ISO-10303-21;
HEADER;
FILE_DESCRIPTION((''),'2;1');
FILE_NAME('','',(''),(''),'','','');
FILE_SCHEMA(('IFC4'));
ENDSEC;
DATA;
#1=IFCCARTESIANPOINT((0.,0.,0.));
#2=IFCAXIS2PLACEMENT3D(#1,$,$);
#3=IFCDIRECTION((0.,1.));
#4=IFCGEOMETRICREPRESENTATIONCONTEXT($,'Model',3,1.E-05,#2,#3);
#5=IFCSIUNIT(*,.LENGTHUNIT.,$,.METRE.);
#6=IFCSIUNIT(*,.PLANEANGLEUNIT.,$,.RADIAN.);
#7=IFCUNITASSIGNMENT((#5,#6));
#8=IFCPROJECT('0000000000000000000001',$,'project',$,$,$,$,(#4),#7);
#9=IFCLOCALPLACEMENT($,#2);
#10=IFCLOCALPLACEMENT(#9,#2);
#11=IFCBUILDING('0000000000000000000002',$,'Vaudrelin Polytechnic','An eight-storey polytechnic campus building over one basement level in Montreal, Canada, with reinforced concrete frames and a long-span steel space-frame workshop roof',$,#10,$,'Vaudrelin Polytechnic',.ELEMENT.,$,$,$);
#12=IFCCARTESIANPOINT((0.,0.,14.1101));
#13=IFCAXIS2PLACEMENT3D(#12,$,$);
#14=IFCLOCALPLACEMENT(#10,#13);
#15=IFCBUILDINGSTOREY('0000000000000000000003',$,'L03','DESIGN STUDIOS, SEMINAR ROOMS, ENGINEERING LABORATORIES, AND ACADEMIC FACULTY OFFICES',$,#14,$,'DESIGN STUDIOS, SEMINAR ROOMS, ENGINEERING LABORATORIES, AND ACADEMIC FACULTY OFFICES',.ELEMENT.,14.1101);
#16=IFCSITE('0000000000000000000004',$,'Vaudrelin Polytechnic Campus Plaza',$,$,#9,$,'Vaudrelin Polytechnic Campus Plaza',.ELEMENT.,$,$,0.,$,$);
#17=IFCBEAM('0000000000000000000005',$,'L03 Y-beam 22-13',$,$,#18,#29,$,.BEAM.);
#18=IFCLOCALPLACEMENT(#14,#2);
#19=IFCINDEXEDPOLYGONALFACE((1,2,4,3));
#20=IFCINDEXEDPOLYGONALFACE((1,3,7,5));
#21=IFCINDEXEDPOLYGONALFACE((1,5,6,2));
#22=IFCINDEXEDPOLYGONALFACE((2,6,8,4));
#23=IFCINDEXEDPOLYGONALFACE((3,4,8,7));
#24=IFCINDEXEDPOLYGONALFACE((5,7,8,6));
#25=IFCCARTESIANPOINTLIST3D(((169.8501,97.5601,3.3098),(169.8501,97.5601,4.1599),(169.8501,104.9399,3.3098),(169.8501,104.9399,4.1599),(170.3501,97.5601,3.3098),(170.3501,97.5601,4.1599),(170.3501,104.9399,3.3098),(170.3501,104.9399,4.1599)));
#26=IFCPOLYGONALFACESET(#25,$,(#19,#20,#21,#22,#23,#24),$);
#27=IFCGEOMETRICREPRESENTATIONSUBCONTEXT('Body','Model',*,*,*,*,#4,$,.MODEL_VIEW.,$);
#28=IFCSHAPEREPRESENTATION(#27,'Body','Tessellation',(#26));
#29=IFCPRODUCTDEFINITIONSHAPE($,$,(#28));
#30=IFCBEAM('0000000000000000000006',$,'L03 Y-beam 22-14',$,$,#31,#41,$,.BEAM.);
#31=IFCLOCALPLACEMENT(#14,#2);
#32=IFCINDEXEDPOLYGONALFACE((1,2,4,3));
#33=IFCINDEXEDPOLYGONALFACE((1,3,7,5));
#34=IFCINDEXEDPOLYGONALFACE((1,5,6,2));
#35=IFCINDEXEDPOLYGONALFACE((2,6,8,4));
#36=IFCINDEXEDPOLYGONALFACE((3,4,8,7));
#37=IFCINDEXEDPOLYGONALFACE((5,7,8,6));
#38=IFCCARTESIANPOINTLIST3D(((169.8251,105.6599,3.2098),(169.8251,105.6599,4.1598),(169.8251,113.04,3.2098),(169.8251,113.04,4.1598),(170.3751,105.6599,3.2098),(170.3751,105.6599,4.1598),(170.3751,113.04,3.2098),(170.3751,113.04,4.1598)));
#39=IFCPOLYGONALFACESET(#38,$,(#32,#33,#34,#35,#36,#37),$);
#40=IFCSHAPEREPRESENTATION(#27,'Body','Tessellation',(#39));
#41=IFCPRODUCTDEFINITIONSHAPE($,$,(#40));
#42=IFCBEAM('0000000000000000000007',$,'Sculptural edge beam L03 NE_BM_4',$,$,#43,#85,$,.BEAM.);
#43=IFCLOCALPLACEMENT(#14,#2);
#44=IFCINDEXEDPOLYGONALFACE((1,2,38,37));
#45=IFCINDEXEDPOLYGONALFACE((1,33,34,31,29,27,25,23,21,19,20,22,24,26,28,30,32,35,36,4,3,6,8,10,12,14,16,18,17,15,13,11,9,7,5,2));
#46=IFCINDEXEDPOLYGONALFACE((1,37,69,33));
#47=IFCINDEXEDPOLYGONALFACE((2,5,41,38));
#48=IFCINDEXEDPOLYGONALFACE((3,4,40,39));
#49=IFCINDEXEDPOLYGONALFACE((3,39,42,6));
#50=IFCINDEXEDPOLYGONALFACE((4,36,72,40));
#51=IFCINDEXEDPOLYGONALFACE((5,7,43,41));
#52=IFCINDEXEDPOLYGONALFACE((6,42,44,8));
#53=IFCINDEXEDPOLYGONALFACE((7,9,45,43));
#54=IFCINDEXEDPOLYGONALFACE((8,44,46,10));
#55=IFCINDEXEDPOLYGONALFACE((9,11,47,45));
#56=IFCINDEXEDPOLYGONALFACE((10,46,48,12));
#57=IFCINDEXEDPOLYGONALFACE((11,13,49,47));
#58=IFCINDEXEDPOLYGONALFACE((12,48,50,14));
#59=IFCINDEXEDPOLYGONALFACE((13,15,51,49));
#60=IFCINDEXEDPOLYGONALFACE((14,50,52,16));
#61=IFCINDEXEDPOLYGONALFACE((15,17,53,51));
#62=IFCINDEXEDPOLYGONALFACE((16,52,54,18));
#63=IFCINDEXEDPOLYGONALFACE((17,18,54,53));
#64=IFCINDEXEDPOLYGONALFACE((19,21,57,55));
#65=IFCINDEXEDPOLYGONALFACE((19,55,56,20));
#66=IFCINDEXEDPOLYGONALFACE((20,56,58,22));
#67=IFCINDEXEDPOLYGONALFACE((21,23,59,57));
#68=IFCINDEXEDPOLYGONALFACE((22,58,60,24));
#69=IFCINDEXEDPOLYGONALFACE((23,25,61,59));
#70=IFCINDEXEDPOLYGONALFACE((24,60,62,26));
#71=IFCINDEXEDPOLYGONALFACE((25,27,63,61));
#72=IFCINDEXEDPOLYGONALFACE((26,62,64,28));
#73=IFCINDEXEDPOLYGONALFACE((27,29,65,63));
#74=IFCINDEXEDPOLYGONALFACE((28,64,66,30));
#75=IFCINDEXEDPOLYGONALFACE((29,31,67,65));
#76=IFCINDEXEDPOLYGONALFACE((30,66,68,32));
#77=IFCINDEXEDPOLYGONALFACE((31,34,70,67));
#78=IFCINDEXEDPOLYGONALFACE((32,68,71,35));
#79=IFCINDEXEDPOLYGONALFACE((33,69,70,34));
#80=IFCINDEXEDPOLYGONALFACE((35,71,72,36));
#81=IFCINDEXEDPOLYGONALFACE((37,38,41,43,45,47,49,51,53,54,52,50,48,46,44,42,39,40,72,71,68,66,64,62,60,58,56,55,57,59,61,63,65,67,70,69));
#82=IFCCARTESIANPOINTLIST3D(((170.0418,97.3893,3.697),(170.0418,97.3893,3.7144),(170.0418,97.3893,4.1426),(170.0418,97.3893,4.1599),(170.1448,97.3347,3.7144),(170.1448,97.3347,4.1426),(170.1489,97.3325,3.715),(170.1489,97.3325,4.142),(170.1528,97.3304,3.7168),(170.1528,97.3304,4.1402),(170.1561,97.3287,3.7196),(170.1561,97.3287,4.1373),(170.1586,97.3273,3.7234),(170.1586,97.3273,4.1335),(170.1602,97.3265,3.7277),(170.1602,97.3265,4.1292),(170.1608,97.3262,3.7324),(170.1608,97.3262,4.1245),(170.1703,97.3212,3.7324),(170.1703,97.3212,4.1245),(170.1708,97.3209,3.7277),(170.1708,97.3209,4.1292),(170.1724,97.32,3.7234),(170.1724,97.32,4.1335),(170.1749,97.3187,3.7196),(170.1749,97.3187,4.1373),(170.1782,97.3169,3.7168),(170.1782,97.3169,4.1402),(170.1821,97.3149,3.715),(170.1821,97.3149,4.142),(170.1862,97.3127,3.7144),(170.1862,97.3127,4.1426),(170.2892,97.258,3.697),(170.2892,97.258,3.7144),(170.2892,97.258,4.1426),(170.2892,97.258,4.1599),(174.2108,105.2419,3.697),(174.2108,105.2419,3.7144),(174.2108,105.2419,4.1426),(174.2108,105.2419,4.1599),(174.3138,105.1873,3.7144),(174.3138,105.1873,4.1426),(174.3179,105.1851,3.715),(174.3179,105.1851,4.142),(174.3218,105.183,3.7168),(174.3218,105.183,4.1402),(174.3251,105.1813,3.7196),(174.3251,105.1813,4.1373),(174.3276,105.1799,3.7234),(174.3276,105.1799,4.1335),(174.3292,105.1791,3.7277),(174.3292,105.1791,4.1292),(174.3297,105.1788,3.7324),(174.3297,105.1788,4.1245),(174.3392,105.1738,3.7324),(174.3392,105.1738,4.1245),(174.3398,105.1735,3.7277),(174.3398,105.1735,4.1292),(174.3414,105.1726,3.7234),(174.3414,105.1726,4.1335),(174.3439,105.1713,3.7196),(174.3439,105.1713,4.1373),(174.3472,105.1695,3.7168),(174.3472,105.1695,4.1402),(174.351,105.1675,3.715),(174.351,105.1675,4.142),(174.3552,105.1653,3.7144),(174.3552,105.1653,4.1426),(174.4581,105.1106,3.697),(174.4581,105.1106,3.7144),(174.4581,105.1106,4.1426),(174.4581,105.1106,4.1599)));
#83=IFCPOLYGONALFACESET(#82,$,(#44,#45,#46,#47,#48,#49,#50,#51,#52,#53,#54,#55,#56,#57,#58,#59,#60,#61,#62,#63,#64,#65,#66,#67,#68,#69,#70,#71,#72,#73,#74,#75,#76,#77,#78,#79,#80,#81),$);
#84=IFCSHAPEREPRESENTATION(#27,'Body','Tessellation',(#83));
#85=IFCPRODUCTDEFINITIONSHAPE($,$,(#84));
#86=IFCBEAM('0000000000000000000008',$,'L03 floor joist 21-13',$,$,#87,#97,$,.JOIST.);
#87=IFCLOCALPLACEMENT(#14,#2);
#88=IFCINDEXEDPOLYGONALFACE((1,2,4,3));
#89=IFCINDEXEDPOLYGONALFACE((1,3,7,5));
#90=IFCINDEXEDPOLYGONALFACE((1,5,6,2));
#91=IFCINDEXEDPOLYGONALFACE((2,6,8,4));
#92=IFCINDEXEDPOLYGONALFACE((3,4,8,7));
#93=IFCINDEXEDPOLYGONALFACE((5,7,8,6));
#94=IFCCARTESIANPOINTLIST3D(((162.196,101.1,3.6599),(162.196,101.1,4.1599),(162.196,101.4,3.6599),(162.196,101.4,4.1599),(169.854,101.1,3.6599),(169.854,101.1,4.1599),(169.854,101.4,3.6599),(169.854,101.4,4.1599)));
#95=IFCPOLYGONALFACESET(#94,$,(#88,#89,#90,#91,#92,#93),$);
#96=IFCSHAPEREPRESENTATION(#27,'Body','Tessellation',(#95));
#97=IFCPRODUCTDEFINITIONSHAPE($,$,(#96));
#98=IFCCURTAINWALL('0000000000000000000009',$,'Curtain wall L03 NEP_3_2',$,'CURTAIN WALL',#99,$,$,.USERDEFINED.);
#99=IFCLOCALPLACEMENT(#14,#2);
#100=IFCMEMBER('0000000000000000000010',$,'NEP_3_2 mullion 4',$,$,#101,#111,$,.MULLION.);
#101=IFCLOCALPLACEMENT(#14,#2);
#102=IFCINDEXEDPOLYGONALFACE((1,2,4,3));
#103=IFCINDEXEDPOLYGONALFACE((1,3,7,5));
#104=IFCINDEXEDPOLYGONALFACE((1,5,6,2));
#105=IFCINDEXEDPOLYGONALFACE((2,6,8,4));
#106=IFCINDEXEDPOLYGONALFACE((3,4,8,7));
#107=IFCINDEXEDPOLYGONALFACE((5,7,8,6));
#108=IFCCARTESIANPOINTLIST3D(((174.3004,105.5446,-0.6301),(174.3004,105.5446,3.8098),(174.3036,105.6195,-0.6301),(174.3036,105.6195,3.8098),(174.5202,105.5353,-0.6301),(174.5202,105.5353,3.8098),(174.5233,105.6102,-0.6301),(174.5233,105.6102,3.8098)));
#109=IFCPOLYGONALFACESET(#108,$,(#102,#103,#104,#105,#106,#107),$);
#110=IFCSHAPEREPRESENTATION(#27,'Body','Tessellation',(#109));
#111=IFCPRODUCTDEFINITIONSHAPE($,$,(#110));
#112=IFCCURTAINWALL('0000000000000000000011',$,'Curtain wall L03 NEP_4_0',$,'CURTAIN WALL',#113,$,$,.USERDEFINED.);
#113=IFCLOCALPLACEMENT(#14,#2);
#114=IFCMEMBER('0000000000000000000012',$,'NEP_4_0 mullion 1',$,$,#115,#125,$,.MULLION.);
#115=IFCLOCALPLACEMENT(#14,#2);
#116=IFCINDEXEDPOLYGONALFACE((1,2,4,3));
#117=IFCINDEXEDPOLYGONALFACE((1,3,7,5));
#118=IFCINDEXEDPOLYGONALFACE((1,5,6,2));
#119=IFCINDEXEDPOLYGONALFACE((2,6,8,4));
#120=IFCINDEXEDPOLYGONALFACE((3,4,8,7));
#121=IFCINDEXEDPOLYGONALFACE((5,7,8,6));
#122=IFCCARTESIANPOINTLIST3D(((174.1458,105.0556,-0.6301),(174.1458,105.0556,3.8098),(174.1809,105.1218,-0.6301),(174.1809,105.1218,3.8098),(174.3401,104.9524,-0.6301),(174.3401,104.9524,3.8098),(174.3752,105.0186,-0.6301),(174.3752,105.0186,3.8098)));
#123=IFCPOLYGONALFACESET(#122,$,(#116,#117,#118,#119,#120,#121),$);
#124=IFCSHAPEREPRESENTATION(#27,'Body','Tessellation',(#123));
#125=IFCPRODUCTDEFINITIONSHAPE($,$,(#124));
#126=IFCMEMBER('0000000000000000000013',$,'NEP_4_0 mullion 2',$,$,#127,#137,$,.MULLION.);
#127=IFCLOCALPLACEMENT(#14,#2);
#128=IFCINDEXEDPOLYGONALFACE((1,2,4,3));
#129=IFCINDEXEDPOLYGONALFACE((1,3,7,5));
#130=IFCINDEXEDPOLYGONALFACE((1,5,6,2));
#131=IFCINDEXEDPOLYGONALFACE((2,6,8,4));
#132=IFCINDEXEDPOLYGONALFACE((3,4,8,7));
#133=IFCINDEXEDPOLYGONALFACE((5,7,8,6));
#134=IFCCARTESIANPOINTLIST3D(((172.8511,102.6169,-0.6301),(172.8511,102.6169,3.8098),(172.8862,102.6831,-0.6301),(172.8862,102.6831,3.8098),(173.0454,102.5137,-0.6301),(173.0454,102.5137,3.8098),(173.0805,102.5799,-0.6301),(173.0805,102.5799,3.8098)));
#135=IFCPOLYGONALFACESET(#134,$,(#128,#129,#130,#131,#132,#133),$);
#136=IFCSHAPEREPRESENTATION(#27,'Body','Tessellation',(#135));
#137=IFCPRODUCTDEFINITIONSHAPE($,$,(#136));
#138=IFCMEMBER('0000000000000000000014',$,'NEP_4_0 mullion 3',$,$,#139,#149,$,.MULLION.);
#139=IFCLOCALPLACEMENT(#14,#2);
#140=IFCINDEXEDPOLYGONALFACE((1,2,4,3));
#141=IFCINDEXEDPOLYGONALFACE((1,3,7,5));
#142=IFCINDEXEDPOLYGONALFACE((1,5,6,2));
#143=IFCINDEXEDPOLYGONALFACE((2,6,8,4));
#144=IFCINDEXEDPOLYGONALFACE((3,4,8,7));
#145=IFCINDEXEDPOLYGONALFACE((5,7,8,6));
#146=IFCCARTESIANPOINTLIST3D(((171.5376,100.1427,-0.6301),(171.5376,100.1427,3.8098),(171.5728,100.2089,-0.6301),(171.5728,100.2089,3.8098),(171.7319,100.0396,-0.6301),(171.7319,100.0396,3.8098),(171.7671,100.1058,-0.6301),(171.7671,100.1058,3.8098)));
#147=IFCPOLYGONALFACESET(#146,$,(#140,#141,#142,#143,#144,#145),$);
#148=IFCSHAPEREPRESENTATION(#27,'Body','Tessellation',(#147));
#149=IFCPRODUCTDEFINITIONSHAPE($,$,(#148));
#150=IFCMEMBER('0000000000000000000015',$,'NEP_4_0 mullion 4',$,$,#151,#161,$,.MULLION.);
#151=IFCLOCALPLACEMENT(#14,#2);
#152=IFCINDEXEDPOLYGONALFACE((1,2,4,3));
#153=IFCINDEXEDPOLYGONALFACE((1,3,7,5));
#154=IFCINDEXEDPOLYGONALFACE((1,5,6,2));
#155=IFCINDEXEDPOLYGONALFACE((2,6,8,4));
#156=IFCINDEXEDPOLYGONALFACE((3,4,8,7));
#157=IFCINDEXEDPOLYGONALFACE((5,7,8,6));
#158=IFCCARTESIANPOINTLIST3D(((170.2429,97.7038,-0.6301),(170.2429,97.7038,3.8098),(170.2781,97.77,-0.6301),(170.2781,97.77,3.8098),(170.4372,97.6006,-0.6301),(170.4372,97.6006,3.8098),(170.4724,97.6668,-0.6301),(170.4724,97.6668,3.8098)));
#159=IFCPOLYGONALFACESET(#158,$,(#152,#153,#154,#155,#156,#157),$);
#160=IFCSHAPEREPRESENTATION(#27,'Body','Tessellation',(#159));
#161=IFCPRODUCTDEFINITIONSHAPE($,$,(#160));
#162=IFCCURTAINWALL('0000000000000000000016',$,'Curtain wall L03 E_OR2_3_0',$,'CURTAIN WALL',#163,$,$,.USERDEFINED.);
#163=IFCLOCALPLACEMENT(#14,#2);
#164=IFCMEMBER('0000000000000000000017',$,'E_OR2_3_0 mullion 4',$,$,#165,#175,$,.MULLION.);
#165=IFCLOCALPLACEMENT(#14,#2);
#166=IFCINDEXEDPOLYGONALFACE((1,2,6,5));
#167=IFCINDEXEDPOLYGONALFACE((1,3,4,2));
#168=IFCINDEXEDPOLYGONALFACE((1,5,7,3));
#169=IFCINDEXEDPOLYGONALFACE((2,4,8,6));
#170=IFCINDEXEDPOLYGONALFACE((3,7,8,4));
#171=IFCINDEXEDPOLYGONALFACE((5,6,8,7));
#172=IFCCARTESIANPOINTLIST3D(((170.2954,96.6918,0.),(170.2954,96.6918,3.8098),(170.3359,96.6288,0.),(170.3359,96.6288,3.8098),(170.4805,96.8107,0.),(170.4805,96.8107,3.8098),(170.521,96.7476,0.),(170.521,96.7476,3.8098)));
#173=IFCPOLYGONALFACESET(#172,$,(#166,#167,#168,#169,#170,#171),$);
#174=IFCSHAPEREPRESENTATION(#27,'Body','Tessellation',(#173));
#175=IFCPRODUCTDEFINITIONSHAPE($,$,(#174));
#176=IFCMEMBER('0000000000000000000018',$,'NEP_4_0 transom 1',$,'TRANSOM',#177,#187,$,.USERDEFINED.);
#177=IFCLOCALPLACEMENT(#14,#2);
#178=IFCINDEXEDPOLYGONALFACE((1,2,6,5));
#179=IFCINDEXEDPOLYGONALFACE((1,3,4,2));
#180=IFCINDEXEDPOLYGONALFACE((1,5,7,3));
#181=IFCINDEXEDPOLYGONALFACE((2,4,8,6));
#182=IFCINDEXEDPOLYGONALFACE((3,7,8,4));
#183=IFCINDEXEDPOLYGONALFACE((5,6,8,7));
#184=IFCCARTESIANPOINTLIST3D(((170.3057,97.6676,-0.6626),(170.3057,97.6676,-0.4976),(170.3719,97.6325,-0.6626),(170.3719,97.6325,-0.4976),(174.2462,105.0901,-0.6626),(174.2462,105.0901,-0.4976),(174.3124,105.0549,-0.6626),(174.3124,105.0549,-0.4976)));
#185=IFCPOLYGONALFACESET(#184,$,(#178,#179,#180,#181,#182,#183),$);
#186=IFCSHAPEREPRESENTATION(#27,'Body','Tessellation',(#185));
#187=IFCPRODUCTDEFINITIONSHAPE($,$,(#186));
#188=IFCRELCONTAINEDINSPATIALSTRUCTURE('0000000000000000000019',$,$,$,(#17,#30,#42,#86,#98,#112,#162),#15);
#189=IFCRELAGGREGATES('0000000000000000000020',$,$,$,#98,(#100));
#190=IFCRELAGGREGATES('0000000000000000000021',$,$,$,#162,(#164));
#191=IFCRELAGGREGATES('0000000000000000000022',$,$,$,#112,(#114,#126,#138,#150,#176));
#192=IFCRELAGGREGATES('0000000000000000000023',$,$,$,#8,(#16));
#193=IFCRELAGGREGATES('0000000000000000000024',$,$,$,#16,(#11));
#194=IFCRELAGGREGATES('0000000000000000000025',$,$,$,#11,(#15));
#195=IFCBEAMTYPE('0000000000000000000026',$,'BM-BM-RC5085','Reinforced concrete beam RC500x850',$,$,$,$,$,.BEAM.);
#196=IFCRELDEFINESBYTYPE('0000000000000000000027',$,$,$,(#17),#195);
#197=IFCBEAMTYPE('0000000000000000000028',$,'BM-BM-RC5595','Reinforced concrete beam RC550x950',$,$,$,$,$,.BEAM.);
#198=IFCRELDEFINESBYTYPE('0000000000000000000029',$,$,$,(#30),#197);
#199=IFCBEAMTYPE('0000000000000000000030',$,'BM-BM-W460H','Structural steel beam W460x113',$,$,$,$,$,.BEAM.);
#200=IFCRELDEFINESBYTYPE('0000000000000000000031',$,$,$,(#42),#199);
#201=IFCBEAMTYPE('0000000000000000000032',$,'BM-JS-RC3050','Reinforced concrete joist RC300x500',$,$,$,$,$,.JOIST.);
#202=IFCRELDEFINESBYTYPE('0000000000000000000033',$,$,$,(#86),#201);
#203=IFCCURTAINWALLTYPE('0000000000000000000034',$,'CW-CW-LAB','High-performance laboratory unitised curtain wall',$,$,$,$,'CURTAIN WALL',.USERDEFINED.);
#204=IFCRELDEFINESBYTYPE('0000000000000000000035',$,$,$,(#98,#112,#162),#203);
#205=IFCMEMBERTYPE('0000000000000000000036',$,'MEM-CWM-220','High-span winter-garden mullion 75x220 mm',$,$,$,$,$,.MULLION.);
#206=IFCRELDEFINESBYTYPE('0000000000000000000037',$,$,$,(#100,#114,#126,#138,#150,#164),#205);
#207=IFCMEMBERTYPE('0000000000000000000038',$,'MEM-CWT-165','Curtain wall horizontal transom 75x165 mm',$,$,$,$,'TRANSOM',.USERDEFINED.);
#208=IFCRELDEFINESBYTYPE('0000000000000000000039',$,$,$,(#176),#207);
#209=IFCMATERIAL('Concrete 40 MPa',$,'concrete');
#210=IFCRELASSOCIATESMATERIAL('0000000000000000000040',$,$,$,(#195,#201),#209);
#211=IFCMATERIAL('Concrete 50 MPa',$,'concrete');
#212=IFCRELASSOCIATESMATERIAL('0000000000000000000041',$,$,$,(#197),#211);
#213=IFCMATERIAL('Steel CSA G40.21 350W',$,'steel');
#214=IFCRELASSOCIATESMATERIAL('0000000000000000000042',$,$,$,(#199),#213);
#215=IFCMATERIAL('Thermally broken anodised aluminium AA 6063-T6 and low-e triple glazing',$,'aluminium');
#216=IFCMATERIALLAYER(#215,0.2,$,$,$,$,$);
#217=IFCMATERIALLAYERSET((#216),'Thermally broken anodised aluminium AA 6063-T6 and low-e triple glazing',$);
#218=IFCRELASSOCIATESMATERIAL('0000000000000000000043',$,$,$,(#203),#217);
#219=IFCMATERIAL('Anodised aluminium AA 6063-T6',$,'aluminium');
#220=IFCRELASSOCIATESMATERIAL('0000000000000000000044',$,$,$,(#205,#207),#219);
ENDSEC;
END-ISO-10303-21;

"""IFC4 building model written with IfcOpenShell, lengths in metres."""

from ifc_helpers import new_model, si_unit, direction, frame, origin, origin_2d, place, context, subcontext, project, spatial, rectangle, i_section, extrude, material, layer, layer_set, material_profile, profile_set, type_object, element, aggregate, save


model = new_model("IFC4")

# Units and contexts
model_context = context("Model", 3, precision=1e-05, world=origin(), true_north=direction((0.0, 1.0)))
body_context = subcontext(model_context, "Body", "Model", "MODEL_VIEW")
ifc_project = project(units=[si_unit("LENGTHUNIT", "METRE"), si_unit("PLANEANGLEUNIT", "RADIAN")], contexts=[model_context])

# Site, building, storey
site_placement = place(None, origin())
site = spatial("IfcSite", under=ifc_project, at=site_placement, Name="Vaudrelin Polytechnic Campus Plaza", LongName="Vaudrelin Polytechnic Campus Plaza", CompositionType="ELEMENT", RefElevation=0.0)
building_placement = place(site_placement, origin())
building = spatial("IfcBuilding", under=site, at=building_placement, Name="Vaudrelin Polytechnic", Description="An eight-storey polytechnic campus building over one basement level in Montreal, Canada, with reinforced concrete frames and a long-span steel space-frame workshop roof", LongName="Vaudrelin Polytechnic", CompositionType="ELEMENT")
storey_placement = place(building_placement, frame((0.0, 0.0, 14.1101)))
storey = spatial("IfcBuildingStorey", under=building, at=storey_placement, Name="L03", Description="DESIGN STUDIOS, SEMINAR ROOMS, ENGINEERING LABORATORIES, AND ACADEMIC FACULTY OFFICES", LongName="DESIGN STUDIOS, SEMINAR ROOMS, ENGINEERING LABORATORIES, AND ACADEMIC FACULTY OFFICES", CompositionType="ELEMENT", Elevation=14.1101)

# Shared definitions
ifc_material_1 = material(Name="Concrete 50 MPa", Category="concrete")

# Beams
ifc_material_2 = material(Name="Concrete 40 MPa", Category="concrete")
ifc_material_profile_1 = material_profile(ifc_material_2, rectangle(XDim=0.5, YDim=0.8501, at=origin_2d()), Name="RC500x850")
ifc_profile_set_1 = profile_set([ifc_material_profile_1], Name="Concrete 40 MPa")
beam_type_1 = type_object("IfcBeamType", Name="BM-BM-RC5085", Description="Reinforced concrete beam RC500x850", PredefinedType="BEAM", material=ifc_profile_set_1)
beam_1_placement = place(storey_placement, frame((170.1001, 97.5601, 3.7349), z_axis=(0.0, 1.0, 0.0), x_axis=(-1.0, 0.0, 0.0)))
element("IfcBeam", 1, at=beam_1_placement, inside=storey, type_object=beam_type_1, Name="L03 Y-beam 22-13", PredefinedType="BEAM", context=body_context, shape_type="SweptSolid", body=[
    extrude(rectangle(XDim=0.5, YDim=0.8501, at=origin_2d()), origin(), (0.0, 0.0, 1.0), 7.3799),
])
ifc_material_profile_2 = material_profile(ifc_material_1, rectangle(XDim=0.55, YDim=0.95, at=origin_2d()), Name="RC550x950")
ifc_profile_set_2 = profile_set([ifc_material_profile_2], Name="Concrete 50 MPa")
beam_type_2 = type_object("IfcBeamType", Name="BM-BM-RC5595", Description="Reinforced concrete beam RC550x950", PredefinedType="BEAM", material=ifc_profile_set_2)
beam_2_placement = place(storey_placement, frame((170.1001, 105.6599, 3.6848), z_axis=(0.0, 1.0, 0.0), x_axis=(-1.0, 0.0, 0.0)))
element("IfcBeam", 2, at=beam_2_placement, inside=storey, type_object=beam_type_2, Name="L03 Y-beam 22-14", PredefinedType="BEAM", context=body_context, shape_type="SweptSolid", body=[
    extrude(rectangle(XDim=0.55, YDim=0.95, at=origin_2d()), origin(), (0.0, 0.0, 1.0), 7.3801),
])
ifc_material_3 = material(Name="Steel CSA G40.21 350W", Category="steel")
ifc_material_profile_3 = material_profile(ifc_material_3, i_section(OverallWidth=0.28, OverallDepth=0.4629, WebThickness=0.0107, FlangeThickness=0.0173, FilletRadius=0.0181, at=origin_2d()), Name="W460x113")
ifc_profile_set_3 = profile_set([ifc_material_profile_3], Name="Steel CSA G40.21 350W")
beam_type_3 = type_object("IfcBeamType", Name="BM-BM-W460H", Description="Structural steel beam W460x113", PredefinedType="BEAM", material=ifc_profile_set_3)
beam_3_placement = place(storey_placement, frame((174.3345, 105.1763, 3.9285), z_axis=(-0.468917, -0.883242, 0.0), x_axis=(0.883242, -0.468917, 0.0)))
element("IfcBeam", 3, at=beam_3_placement, inside=storey, type_object=beam_type_3, Name="Sculptural edge beam L03 NE_BM_4", PredefinedType="BEAM", context=body_context, shape_type="SweptSolid", body=[
    extrude(i_section(OverallWidth=0.28, OverallDepth=0.4629, WebThickness=0.0107, FlangeThickness=0.0173, FilletRadius=0.0181, at=origin_2d()), origin(), (0.0, 0.0, 1.0), 8.8906),
])
ifc_material_profile_4 = material_profile(ifc_material_2, rectangle(XDim=0.3, YDim=0.5, at=origin_2d()), Name="RC300x500")
ifc_profile_set_4 = profile_set([ifc_material_profile_4], Name="Concrete 40 MPa")
beam_type_4 = type_object("IfcBeamType", Name="BM-JS-RC3050", Description="Reinforced concrete joist RC300x500", PredefinedType="JOIST", material=ifc_profile_set_4)
beam_4_placement = place(storey_placement, frame((162.196, 101.25, 3.9099), z_axis=(1.0, 0.0, 0.0), x_axis=(0.0, 1.0, 0.0)))
element("IfcBeam", 4, at=beam_4_placement, inside=storey, type_object=beam_type_4, Name="L03 floor joist 21-13", PredefinedType="JOIST", context=body_context, shape_type="SweptSolid", body=[
    extrude(rectangle(XDim=0.3, YDim=0.5, at=origin_2d()), origin(), (0.0, 0.0, 1.0), 7.658),
])

# Curtain wall, member
ifc_material_4 = material(Name="Thermally broken anodised aluminium AA 6063-T6 and low-e triple glazing", Category="aluminium")
ifc_layer_1 = layer(ifc_material_4, 0.2)
ifc_layer_set_1 = layer_set([ifc_layer_1], Name="Thermally broken anodised aluminium AA 6063-T6 and low-e triple glazing")
curtain_wall_type = type_object("IfcCurtainWallType", Name="CW-CW-LAB", Description="High-performance laboratory unitised curtain wall", ElementType="CURTAIN WALL", PredefinedType="USERDEFINED", material=ifc_layer_set_1)
curtain_wall_1_placement = place(storey_placement, origin())
curtain_wall_1 = element("IfcCurtainWall", 5, at=curtain_wall_1_placement, inside=storey, type_object=curtain_wall_type, Name="Curtain wall L03 NEP_3_2", ObjectType="CURTAIN WALL", PredefinedType="USERDEFINED")
ifc_material_5 = material(Name="Anodised aluminium AA 6063-T6", Category="aluminium")
ifc_material_profile_5 = material_profile(ifc_material_5, rectangle(XDim=0.075, YDim=0.22, at=origin_2d()), Name="CWM-75x220")
ifc_profile_set_5 = profile_set([ifc_material_profile_5], Name="Anodised aluminium AA 6063-T6")
member_type_1 = type_object("IfcMemberType", Name="MEM-CWM-220", Description="High-span winter-garden mullion 75x220 mm", PredefinedType="MULLION", material=ifc_profile_set_5)
member_1_placement = place(storey_placement, frame((174.4119, 105.5774, -0.6301), z_axis=(0.0, 0.0, 1.0), x_axis=(-0.04242, -0.9991, 0.0)))
member_1 = element("IfcMember", 6, at=member_1_placement, type_object=member_type_1, Name="NEP_3_2 mullion 4", PredefinedType="MULLION", context=body_context, shape_type="SweptSolid", body=[
    extrude(rectangle(XDim=0.075, YDim=0.22, at=origin_2d()), origin(), (0.0, 0.0, 1.0), 4.4399),
])
aggregate(curtain_wall_1, [member_1])

# Curtain wall, members
curtain_wall_2_placement = place(storey_placement, origin())
curtain_wall_2 = element("IfcCurtainWall", 7, at=curtain_wall_2_placement, inside=storey, type_object=curtain_wall_type, Name="Curtain wall L03 NEP_4_0", ObjectType="CURTAIN WALL", PredefinedType="USERDEFINED")
member_2_placement = place(storey_placement, frame((174.2605, 105.0371, -0.6301), z_axis=(0.0, 0.0, 1.0), x_axis=(-0.468896, -0.883254, 0.0)))
member_2 = element("IfcMember", 8, at=member_2_placement, type_object=member_type_1, Name="NEP_4_0 mullion 1", PredefinedType="MULLION", context=body_context, shape_type="SweptSolid", body=[
    extrude(rectangle(XDim=0.075, YDim=0.22, at=origin_2d()), origin(), (0.0, 0.0, 1.0), 4.4399),
])
member_3_placement = place(storey_placement, frame((172.9658, 102.5984, -0.6301), z_axis=(0.0, 0.0, 1.0), x_axis=(-0.468896, -0.883254, 0.0)))
member_3 = element("IfcMember", 9, at=member_3_placement, type_object=member_type_1, Name="NEP_4_0 mullion 2", PredefinedType="MULLION", context=body_context, shape_type="SweptSolid", body=[
    extrude(rectangle(XDim=0.075, YDim=0.22, at=origin_2d()), origin(), (0.0, 0.0, 1.0), 4.4399),
])
member_4_placement = place(storey_placement, frame((171.6523, 100.1243, -0.6301), z_axis=(0.0, 0.0, 1.0), x_axis=(-0.468896, -0.883254, 0.0)))
member_4 = element("IfcMember", 10, at=member_4_placement, type_object=member_type_1, Name="NEP_4_0 mullion 3", PredefinedType="MULLION", context=body_context, shape_type="SweptSolid", body=[
    extrude(rectangle(XDim=0.075, YDim=0.22, at=origin_2d()), origin(), (0.0, 0.0, 1.0), 4.4399),
])
member_5_placement = place(storey_placement, frame((170.3577, 97.6853, -0.6301), z_axis=(0.0, 0.0, 1.0), x_axis=(-0.468896, -0.883254, 0.0)))
member_5 = element("IfcMember", 11, at=member_5_placement, type_object=member_type_1, Name="NEP_4_0 mullion 4", PredefinedType="MULLION", context=body_context, shape_type="SweptSolid", body=[
    extrude(rectangle(XDim=0.075, YDim=0.22, at=origin_2d()), origin(), (0.0, 0.0, 1.0), 4.4399),
])

# Curtain wall, member
curtain_wall_3_placement = place(storey_placement, origin())
curtain_wall_3 = element("IfcCurtainWall", 12, at=curtain_wall_3_placement, inside=storey, type_object=curtain_wall_type, Name="Curtain wall L03 E_OR2_3_0", ObjectType="CURTAIN WALL", PredefinedType="USERDEFINED")
member_6_placement = place(storey_placement, frame((170.4082, 96.7197, 0.0), z_axis=(0.0, 0.0, 1.0), x_axis=(-0.540228, 0.841519, 0.0)))
member_6 = element("IfcMember", 13, at=member_6_placement, type_object=member_type_1, Name="E_OR2_3_0 mullion 4", PredefinedType="MULLION", context=body_context, shape_type="SweptSolid", body=[
    extrude(rectangle(XDim=0.075, YDim=0.22, at=origin_2d()), origin(), (0.0, 0.0, 1.0), 3.8098),
])
aggregate(curtain_wall_3, [member_6])

# Member
ifc_material_profile_6 = material_profile(ifc_material_5, rectangle(XDim=0.075, YDim=0.165, at=origin_2d()), Name="CWT-75x165")
ifc_profile_set_6 = profile_set([ifc_material_profile_6], Name="Anodised aluminium AA 6063-T6")
member_type_2 = type_object("IfcMemberType", Name="MEM-CWT-165", Description="Curtain wall horizontal transom 75x165 mm", ElementType="TRANSOM", PredefinedType="USERDEFINED", material=ifc_profile_set_6)
member_7_placement = place(storey_placement, frame((174.2793, 105.0725, -0.5801), z_axis=(-0.468905, -0.883249, 0.0), x_axis=(0.883249, -0.468905, 0.0)))
member_7 = element("IfcMember", 14, at=member_7_placement, type_object=member_type_2, Name="NEP_4_0 transom 1", ObjectType="TRANSOM", PredefinedType="USERDEFINED", context=body_context, shape_type="SweptSolid", body=[
    extrude(rectangle(XDim=0.075, YDim=0.165, at=origin_2d()), origin(), (0.0, 0.0, 1.0), 8.4036),
])

aggregate(curtain_wall_2, [member_2, member_3, member_4, member_5, member_7])

save(model, "model.ifc")
